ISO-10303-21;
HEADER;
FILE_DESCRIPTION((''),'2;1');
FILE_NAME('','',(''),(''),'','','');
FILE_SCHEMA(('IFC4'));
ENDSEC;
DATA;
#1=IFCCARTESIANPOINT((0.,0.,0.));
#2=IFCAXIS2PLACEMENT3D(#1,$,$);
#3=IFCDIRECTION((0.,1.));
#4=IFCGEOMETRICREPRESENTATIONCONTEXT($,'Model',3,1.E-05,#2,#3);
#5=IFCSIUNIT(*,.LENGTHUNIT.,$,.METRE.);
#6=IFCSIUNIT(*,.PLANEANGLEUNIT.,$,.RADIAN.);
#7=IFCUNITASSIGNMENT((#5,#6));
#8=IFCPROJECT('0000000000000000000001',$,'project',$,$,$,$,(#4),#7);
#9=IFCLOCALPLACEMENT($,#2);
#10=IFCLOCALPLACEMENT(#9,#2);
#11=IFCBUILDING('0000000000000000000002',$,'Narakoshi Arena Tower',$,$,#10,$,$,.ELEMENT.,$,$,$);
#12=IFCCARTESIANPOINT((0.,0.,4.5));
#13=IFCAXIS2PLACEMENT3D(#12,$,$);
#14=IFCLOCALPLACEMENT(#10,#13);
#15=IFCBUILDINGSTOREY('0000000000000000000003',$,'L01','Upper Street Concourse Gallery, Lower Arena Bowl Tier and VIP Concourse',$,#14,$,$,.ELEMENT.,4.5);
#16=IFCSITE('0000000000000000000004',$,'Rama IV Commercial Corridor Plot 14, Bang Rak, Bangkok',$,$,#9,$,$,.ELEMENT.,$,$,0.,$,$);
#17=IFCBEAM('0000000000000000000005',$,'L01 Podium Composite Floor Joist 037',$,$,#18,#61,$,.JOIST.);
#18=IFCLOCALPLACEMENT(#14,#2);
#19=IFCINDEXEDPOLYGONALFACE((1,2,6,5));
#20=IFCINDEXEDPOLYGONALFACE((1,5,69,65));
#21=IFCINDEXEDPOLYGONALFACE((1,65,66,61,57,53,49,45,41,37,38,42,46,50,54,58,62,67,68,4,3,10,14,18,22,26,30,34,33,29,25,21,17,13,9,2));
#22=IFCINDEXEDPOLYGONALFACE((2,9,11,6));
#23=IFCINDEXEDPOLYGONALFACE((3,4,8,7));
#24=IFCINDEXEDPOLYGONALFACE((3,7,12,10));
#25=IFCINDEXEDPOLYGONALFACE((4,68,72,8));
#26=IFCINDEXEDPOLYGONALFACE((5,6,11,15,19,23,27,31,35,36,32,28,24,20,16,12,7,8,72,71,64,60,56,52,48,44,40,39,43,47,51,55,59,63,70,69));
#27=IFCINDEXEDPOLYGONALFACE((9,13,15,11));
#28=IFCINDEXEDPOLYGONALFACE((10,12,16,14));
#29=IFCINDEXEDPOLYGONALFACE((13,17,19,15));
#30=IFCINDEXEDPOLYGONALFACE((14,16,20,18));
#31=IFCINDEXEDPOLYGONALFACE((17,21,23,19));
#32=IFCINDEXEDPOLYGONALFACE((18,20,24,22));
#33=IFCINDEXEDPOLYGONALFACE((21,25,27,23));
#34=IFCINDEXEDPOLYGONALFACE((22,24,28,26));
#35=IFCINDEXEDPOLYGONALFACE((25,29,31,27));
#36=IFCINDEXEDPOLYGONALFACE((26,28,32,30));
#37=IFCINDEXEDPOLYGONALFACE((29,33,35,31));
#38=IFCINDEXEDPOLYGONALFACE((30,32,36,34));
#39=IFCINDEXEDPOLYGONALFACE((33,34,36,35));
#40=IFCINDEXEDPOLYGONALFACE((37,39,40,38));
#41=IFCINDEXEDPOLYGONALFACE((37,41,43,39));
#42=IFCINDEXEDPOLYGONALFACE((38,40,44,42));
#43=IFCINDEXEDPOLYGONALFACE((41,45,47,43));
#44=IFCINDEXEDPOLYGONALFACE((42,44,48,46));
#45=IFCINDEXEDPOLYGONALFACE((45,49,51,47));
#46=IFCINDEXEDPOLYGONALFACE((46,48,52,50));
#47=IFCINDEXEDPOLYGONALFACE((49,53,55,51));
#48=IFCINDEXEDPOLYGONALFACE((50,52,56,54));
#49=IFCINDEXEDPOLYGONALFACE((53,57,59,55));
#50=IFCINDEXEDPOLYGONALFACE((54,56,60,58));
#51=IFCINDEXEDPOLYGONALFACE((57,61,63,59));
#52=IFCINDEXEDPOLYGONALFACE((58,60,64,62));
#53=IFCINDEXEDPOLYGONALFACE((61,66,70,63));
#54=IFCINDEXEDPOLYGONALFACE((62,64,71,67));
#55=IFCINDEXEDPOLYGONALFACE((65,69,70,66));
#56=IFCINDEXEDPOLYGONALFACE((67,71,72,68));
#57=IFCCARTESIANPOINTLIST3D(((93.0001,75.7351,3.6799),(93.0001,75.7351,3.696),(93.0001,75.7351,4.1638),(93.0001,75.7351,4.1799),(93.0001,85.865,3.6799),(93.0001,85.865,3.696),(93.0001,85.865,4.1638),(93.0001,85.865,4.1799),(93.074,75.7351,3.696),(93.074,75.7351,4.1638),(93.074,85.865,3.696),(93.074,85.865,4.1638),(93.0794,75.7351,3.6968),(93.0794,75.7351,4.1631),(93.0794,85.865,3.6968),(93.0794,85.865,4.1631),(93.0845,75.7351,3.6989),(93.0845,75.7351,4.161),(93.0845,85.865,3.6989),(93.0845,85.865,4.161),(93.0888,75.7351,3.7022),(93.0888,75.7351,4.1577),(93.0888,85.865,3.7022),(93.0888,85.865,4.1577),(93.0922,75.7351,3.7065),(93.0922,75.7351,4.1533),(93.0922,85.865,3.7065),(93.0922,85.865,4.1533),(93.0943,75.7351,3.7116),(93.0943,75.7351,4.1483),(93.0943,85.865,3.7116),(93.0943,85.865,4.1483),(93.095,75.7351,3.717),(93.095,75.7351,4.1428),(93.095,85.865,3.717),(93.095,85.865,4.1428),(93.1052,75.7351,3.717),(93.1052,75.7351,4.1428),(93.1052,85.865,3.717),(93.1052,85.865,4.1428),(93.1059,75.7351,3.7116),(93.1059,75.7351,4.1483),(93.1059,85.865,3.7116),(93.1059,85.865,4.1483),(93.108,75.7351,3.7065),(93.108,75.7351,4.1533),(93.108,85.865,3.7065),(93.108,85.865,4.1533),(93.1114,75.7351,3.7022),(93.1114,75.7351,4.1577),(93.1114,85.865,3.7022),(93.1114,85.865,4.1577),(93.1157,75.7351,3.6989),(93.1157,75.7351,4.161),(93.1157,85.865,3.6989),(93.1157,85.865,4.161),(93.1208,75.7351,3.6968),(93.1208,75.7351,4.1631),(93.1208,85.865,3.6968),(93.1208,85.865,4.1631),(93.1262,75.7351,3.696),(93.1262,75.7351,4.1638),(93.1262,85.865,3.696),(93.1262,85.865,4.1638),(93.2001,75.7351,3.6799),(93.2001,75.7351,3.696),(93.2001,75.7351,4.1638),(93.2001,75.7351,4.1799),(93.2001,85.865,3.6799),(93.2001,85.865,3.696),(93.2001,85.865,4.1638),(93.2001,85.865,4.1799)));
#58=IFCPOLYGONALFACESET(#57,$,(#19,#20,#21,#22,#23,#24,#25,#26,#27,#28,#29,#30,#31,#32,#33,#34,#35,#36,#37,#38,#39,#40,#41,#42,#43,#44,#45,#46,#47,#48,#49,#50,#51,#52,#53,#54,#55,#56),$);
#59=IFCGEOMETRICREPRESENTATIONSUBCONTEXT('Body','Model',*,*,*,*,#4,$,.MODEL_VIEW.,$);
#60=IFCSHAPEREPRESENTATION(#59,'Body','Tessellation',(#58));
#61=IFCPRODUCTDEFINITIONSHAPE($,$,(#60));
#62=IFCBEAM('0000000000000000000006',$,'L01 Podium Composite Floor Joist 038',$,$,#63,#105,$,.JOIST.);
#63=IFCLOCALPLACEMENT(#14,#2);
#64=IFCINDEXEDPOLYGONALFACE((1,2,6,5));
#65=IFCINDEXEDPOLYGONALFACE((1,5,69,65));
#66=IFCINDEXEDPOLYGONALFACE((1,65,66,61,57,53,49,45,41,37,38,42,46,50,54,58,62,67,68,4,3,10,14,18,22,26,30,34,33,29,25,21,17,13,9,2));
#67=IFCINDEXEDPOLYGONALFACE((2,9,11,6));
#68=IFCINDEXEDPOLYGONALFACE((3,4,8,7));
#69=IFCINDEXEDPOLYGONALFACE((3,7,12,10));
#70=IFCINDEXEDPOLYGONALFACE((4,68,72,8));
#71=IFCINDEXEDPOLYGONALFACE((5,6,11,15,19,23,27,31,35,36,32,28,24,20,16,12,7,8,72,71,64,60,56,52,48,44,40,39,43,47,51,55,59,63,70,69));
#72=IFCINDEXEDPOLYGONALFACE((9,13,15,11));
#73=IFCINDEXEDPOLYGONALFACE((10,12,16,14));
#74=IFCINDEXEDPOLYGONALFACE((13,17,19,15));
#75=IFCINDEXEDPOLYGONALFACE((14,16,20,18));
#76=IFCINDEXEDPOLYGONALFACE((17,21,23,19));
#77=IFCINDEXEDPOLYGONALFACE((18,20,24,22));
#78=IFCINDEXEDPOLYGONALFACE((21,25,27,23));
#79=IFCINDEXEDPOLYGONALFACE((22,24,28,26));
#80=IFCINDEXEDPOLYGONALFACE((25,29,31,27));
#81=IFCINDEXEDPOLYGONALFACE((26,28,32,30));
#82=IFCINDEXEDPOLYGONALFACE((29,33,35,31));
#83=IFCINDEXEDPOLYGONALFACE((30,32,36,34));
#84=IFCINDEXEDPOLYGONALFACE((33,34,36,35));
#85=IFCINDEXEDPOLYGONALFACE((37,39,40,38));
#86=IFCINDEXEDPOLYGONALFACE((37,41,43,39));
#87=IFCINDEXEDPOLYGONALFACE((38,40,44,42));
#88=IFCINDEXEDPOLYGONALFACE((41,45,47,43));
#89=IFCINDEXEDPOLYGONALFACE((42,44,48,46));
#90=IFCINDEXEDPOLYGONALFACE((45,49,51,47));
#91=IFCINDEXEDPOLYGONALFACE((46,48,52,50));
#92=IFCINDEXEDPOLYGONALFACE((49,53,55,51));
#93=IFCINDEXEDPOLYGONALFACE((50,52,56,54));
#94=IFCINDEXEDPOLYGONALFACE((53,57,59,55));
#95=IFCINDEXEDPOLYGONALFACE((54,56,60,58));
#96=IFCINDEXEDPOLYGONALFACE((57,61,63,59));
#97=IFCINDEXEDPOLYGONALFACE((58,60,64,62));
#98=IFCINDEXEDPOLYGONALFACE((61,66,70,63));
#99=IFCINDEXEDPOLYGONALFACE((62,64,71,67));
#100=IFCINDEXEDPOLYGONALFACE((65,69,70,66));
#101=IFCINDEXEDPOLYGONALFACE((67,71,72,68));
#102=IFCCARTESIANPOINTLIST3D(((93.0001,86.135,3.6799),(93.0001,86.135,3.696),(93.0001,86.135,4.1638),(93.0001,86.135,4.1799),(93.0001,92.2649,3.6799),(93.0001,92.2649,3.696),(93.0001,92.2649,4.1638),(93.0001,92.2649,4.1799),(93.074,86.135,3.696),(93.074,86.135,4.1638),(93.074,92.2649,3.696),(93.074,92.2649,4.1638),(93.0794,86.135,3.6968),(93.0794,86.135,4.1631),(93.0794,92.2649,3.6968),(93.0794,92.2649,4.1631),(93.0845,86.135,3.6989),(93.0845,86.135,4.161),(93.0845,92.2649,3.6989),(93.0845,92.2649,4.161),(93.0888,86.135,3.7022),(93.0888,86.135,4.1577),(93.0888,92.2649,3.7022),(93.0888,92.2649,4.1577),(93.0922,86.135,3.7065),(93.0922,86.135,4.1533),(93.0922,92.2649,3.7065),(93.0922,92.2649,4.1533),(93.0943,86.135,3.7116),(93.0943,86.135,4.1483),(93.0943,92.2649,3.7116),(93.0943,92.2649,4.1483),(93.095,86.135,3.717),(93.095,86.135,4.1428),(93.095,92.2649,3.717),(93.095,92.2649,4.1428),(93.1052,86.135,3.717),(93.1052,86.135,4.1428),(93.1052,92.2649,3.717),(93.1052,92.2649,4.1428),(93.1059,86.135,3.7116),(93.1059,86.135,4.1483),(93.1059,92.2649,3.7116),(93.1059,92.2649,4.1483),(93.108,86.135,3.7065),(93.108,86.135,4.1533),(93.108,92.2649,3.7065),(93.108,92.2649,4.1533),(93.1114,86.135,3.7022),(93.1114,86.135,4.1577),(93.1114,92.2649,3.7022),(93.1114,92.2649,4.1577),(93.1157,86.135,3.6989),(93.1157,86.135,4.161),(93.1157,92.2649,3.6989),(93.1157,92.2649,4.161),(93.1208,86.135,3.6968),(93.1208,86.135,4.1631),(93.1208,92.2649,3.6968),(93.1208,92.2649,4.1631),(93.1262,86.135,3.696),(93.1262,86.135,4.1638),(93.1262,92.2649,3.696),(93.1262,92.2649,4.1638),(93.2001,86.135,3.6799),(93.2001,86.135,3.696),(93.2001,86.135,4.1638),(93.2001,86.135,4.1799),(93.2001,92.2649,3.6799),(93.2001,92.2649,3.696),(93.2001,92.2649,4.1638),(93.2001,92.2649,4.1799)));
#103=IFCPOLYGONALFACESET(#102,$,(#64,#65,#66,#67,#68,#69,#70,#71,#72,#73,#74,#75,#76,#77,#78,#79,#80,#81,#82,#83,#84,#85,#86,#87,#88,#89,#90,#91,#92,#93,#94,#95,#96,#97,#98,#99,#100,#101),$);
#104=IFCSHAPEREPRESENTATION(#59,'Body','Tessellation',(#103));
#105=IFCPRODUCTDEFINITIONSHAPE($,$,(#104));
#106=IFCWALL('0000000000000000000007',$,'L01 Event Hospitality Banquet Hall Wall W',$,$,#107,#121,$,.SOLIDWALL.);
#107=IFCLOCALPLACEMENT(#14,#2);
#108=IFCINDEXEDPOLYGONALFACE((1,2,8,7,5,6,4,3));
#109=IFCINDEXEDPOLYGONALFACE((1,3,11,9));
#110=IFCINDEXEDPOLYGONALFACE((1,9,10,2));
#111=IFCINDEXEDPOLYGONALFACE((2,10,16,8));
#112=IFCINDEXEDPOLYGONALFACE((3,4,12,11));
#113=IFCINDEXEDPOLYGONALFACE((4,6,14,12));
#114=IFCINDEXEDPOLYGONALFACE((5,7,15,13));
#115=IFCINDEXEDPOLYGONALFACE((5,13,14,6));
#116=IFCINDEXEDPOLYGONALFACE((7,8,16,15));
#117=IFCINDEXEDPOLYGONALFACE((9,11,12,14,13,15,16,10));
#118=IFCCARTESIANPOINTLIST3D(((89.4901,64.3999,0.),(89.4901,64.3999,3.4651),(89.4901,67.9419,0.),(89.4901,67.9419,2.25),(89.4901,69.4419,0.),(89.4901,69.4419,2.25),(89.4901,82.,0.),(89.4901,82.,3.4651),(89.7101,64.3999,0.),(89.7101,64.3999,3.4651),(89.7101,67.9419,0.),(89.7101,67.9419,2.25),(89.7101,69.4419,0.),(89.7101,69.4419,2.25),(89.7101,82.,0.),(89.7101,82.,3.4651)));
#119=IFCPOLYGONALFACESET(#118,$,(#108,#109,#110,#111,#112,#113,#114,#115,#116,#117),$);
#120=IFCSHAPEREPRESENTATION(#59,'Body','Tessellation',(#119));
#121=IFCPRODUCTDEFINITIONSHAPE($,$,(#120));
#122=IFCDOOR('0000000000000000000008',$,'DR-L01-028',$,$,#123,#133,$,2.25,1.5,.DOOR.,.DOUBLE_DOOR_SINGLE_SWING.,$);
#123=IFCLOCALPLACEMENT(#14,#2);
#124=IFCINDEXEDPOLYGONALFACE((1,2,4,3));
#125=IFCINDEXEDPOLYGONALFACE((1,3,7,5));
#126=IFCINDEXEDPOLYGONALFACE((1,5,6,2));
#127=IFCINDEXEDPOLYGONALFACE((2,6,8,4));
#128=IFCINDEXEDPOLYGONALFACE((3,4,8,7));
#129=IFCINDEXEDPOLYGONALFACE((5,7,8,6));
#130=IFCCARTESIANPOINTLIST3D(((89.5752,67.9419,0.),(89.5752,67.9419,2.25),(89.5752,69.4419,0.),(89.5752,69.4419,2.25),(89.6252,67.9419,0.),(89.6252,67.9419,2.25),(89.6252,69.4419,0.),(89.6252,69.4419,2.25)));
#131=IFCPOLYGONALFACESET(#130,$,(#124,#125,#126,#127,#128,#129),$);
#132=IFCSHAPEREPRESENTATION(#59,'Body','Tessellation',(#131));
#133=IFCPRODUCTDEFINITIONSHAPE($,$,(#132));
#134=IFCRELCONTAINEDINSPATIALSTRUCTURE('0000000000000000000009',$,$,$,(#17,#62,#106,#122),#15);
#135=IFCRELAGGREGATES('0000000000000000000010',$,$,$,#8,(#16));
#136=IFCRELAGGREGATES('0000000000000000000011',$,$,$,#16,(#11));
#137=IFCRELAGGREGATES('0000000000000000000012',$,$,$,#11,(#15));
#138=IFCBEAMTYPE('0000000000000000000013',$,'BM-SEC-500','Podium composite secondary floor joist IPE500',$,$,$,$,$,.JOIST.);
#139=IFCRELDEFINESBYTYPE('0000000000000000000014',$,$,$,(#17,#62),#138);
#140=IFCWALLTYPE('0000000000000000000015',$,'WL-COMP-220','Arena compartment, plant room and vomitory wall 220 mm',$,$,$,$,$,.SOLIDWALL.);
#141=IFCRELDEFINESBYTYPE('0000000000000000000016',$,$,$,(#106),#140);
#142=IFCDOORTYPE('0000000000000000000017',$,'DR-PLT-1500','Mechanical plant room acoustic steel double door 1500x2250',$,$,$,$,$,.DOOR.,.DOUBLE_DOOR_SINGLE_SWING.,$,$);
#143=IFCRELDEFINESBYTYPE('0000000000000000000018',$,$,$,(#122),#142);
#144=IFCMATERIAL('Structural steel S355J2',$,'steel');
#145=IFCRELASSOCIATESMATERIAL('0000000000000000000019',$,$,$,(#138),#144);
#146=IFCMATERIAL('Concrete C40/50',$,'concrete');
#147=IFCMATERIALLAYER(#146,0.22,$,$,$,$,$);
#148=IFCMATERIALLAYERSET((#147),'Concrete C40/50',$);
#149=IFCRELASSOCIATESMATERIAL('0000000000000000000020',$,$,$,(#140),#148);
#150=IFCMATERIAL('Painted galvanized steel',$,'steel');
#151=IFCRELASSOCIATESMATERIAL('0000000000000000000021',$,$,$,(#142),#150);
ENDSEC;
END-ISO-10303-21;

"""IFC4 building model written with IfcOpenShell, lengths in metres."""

from ifc_helpers import new_model, si_unit, direction, frame, frame_2d, origin, origin_2d, place, context, subcontext, project, spatial, rectangle, i_section, extrude, material, layer, layer_set, material_profile, profile_set, type_object, element, fill, save


model = new_model("IFC4")

# Units and contexts
model_context = context("Model", 3, precision=1e-05, world=origin(), true_north=direction((0.0, 1.0)))
body_context = subcontext(model_context, "Body", "Model", "MODEL_VIEW")
ifc_project = project(units=[si_unit("LENGTHUNIT", "METRE"), si_unit("PLANEANGLEUNIT", "RADIAN")], contexts=[model_context])

# Site, building, storey
site_placement = place(None, origin())
site = spatial("IfcSite", under=ifc_project, at=site_placement, Name="Rama IV Commercial Corridor Plot 14, Bang Rak, Bangkok", CompositionType="ELEMENT", RefElevation=0.0)
building_placement = place(site_placement, origin())
building = spatial("IfcBuilding", under=site, at=building_placement, Name="Narakoshi Arena Tower", CompositionType="ELEMENT")
storey_placement = place(building_placement, frame((0.0, 0.0, 4.5)))
storey = spatial("IfcBuildingStorey", under=building, at=storey_placement, Name="L01", Description="Upper Street Concourse Gallery, Lower Arena Bowl Tier and VIP Concourse", CompositionType="ELEMENT", Elevation=4.5)

# Beams
ifc_material_1 = material(Name="Structural steel S355J2", Category="steel")
ifc_material_profile_1 = material_profile(ifc_material_1, i_section(OverallWidth=0.2, OverallDepth=0.5, WebThickness=0.0103, FlangeThickness=0.0161, FilletRadius=0.021, at=origin_2d()), Name="IPE500")
ifc_profile_set_1 = profile_set([ifc_material_profile_1], Name="Structural steel S355J2")
beam_type_1 = type_object("IfcBeamType", Name="BM-SEC-500", Description="Podium composite secondary floor joist IPE500", PredefinedType="JOIST", material=ifc_profile_set_1)
beam_1_placement = place(storey_placement, frame((93.1001, 75.7351, 3.9299), z_axis=(0.0, 1.0, 0.0), x_axis=(-1.0, 0.0, 0.0)))
element("IfcBeam", 1, at=beam_1_placement, inside=storey, type_object=beam_type_1, Name="L01 Podium Composite Floor Joist 037", PredefinedType="JOIST", context=body_context, shape_type="SweptSolid", body=[
    extrude(i_section(OverallWidth=0.2, OverallDepth=0.5, WebThickness=0.0103, FlangeThickness=0.0161, FilletRadius=0.021, at=origin_2d()), origin(), (0.0, 0.0, 1.0), 10.1299),
])
beam_2_placement = place(storey_placement, frame((93.1001, 86.135, 3.9299), z_axis=(0.0, 1.0, 0.0), x_axis=(-1.0, 0.0, 0.0)))
element("IfcBeam", 2, at=beam_2_placement, inside=storey, type_object=beam_type_1, Name="L01 Podium Composite Floor Joist 038", PredefinedType="JOIST", context=body_context, shape_type="SweptSolid", body=[
    extrude(i_section(OverallWidth=0.2, OverallDepth=0.5, WebThickness=0.0103, FlangeThickness=0.0161, FilletRadius=0.021, at=origin_2d()), origin(), (0.0, 0.0, 1.0), 6.1299),
])

# Wall, opening, door
ifc_material_2 = material(Name="Concrete C40/50", Category="concrete")
ifc_layer = layer(ifc_material_2, 0.22)
ifc_layer_set = layer_set([ifc_layer], Name="Concrete C40/50")
wall_type = type_object("IfcWallType", Name="WL-COMP-220", Description="Arena compartment, plant room and vomitory wall 220 mm", PredefinedType="SOLIDWALL", material=ifc_layer_set)
wall_placement = place(storey_placement, frame((89.6001, 82.0, 0.0), z_axis=(0.0, 0.0, 1.0), x_axis=(0.0, -1.0, 0.0)))
wall = element("IfcWall", 3, at=wall_placement, inside=storey, type_object=wall_type, Name="L01 Event Hospitality Banquet Hall Wall W", PredefinedType="SOLIDWALL", context=body_context, shape_type="SweptSolid", body=[
    extrude(rectangle(XDim=17.6001, YDim=0.22, at=frame_2d((8.8, 0.0))), origin(), (0.0, 0.0, 1.0), 3.4651),
])
opening_placement = place(wall_placement, frame((12.5581, 0.0, 0.0)))
opening = element("IfcOpeningElement", 4, at=opening_placement, cuts=wall, PredefinedType="OPENING", context=body_context, shape_type="SweptSolid", body=[
    extrude(rectangle(XDim=1.5, YDim=2.25, at=frame_2d((0.75, 1.125))), frame((0.0, 0.1199, 0.0), z_axis=(0.0, -1.0, 0.0), x_axis=(1.0, 0.0, 0.0)), (0.0, 0.0, 1.0), 0.24),
])
ifc_material_3 = material(Name="Painted galvanized steel", Category="steel")
door_type = type_object("IfcDoorType", Name="DR-PLT-1500", Description="Mechanical plant room acoustic steel double door 1500x2250", OperationType="DOUBLE_DOOR_SINGLE_SWING", PredefinedType="DOOR", material=ifc_material_3)
door_placement = place(opening_placement, frame((1.5, 0.0, 0.0), z_axis=(0.0, 0.0, 1.0), x_axis=(-1.0, 0.0, 0.0)))
door = element("IfcDoor", 5, at=door_placement, inside=storey, type_object=door_type, Name="DR-L01-028", OperationType="DOUBLE_DOOR_SINGLE_SWING", OverallHeight=2.25, OverallWidth=1.5, PredefinedType="DOOR", context=body_context, shape_type="SweptSolid", body=[
    extrude(rectangle(XDim=1.5, YDim=2.25, at=frame_2d((0.75, 1.125))), frame((0.0, 0.0249, 0.0), z_axis=(0.0, -1.0, 0.0), x_axis=(1.0, 0.0, 0.0)), (0.0, 0.0, 1.0), 0.05),
])
fill(opening, door)

save(model, "model.ifc")
